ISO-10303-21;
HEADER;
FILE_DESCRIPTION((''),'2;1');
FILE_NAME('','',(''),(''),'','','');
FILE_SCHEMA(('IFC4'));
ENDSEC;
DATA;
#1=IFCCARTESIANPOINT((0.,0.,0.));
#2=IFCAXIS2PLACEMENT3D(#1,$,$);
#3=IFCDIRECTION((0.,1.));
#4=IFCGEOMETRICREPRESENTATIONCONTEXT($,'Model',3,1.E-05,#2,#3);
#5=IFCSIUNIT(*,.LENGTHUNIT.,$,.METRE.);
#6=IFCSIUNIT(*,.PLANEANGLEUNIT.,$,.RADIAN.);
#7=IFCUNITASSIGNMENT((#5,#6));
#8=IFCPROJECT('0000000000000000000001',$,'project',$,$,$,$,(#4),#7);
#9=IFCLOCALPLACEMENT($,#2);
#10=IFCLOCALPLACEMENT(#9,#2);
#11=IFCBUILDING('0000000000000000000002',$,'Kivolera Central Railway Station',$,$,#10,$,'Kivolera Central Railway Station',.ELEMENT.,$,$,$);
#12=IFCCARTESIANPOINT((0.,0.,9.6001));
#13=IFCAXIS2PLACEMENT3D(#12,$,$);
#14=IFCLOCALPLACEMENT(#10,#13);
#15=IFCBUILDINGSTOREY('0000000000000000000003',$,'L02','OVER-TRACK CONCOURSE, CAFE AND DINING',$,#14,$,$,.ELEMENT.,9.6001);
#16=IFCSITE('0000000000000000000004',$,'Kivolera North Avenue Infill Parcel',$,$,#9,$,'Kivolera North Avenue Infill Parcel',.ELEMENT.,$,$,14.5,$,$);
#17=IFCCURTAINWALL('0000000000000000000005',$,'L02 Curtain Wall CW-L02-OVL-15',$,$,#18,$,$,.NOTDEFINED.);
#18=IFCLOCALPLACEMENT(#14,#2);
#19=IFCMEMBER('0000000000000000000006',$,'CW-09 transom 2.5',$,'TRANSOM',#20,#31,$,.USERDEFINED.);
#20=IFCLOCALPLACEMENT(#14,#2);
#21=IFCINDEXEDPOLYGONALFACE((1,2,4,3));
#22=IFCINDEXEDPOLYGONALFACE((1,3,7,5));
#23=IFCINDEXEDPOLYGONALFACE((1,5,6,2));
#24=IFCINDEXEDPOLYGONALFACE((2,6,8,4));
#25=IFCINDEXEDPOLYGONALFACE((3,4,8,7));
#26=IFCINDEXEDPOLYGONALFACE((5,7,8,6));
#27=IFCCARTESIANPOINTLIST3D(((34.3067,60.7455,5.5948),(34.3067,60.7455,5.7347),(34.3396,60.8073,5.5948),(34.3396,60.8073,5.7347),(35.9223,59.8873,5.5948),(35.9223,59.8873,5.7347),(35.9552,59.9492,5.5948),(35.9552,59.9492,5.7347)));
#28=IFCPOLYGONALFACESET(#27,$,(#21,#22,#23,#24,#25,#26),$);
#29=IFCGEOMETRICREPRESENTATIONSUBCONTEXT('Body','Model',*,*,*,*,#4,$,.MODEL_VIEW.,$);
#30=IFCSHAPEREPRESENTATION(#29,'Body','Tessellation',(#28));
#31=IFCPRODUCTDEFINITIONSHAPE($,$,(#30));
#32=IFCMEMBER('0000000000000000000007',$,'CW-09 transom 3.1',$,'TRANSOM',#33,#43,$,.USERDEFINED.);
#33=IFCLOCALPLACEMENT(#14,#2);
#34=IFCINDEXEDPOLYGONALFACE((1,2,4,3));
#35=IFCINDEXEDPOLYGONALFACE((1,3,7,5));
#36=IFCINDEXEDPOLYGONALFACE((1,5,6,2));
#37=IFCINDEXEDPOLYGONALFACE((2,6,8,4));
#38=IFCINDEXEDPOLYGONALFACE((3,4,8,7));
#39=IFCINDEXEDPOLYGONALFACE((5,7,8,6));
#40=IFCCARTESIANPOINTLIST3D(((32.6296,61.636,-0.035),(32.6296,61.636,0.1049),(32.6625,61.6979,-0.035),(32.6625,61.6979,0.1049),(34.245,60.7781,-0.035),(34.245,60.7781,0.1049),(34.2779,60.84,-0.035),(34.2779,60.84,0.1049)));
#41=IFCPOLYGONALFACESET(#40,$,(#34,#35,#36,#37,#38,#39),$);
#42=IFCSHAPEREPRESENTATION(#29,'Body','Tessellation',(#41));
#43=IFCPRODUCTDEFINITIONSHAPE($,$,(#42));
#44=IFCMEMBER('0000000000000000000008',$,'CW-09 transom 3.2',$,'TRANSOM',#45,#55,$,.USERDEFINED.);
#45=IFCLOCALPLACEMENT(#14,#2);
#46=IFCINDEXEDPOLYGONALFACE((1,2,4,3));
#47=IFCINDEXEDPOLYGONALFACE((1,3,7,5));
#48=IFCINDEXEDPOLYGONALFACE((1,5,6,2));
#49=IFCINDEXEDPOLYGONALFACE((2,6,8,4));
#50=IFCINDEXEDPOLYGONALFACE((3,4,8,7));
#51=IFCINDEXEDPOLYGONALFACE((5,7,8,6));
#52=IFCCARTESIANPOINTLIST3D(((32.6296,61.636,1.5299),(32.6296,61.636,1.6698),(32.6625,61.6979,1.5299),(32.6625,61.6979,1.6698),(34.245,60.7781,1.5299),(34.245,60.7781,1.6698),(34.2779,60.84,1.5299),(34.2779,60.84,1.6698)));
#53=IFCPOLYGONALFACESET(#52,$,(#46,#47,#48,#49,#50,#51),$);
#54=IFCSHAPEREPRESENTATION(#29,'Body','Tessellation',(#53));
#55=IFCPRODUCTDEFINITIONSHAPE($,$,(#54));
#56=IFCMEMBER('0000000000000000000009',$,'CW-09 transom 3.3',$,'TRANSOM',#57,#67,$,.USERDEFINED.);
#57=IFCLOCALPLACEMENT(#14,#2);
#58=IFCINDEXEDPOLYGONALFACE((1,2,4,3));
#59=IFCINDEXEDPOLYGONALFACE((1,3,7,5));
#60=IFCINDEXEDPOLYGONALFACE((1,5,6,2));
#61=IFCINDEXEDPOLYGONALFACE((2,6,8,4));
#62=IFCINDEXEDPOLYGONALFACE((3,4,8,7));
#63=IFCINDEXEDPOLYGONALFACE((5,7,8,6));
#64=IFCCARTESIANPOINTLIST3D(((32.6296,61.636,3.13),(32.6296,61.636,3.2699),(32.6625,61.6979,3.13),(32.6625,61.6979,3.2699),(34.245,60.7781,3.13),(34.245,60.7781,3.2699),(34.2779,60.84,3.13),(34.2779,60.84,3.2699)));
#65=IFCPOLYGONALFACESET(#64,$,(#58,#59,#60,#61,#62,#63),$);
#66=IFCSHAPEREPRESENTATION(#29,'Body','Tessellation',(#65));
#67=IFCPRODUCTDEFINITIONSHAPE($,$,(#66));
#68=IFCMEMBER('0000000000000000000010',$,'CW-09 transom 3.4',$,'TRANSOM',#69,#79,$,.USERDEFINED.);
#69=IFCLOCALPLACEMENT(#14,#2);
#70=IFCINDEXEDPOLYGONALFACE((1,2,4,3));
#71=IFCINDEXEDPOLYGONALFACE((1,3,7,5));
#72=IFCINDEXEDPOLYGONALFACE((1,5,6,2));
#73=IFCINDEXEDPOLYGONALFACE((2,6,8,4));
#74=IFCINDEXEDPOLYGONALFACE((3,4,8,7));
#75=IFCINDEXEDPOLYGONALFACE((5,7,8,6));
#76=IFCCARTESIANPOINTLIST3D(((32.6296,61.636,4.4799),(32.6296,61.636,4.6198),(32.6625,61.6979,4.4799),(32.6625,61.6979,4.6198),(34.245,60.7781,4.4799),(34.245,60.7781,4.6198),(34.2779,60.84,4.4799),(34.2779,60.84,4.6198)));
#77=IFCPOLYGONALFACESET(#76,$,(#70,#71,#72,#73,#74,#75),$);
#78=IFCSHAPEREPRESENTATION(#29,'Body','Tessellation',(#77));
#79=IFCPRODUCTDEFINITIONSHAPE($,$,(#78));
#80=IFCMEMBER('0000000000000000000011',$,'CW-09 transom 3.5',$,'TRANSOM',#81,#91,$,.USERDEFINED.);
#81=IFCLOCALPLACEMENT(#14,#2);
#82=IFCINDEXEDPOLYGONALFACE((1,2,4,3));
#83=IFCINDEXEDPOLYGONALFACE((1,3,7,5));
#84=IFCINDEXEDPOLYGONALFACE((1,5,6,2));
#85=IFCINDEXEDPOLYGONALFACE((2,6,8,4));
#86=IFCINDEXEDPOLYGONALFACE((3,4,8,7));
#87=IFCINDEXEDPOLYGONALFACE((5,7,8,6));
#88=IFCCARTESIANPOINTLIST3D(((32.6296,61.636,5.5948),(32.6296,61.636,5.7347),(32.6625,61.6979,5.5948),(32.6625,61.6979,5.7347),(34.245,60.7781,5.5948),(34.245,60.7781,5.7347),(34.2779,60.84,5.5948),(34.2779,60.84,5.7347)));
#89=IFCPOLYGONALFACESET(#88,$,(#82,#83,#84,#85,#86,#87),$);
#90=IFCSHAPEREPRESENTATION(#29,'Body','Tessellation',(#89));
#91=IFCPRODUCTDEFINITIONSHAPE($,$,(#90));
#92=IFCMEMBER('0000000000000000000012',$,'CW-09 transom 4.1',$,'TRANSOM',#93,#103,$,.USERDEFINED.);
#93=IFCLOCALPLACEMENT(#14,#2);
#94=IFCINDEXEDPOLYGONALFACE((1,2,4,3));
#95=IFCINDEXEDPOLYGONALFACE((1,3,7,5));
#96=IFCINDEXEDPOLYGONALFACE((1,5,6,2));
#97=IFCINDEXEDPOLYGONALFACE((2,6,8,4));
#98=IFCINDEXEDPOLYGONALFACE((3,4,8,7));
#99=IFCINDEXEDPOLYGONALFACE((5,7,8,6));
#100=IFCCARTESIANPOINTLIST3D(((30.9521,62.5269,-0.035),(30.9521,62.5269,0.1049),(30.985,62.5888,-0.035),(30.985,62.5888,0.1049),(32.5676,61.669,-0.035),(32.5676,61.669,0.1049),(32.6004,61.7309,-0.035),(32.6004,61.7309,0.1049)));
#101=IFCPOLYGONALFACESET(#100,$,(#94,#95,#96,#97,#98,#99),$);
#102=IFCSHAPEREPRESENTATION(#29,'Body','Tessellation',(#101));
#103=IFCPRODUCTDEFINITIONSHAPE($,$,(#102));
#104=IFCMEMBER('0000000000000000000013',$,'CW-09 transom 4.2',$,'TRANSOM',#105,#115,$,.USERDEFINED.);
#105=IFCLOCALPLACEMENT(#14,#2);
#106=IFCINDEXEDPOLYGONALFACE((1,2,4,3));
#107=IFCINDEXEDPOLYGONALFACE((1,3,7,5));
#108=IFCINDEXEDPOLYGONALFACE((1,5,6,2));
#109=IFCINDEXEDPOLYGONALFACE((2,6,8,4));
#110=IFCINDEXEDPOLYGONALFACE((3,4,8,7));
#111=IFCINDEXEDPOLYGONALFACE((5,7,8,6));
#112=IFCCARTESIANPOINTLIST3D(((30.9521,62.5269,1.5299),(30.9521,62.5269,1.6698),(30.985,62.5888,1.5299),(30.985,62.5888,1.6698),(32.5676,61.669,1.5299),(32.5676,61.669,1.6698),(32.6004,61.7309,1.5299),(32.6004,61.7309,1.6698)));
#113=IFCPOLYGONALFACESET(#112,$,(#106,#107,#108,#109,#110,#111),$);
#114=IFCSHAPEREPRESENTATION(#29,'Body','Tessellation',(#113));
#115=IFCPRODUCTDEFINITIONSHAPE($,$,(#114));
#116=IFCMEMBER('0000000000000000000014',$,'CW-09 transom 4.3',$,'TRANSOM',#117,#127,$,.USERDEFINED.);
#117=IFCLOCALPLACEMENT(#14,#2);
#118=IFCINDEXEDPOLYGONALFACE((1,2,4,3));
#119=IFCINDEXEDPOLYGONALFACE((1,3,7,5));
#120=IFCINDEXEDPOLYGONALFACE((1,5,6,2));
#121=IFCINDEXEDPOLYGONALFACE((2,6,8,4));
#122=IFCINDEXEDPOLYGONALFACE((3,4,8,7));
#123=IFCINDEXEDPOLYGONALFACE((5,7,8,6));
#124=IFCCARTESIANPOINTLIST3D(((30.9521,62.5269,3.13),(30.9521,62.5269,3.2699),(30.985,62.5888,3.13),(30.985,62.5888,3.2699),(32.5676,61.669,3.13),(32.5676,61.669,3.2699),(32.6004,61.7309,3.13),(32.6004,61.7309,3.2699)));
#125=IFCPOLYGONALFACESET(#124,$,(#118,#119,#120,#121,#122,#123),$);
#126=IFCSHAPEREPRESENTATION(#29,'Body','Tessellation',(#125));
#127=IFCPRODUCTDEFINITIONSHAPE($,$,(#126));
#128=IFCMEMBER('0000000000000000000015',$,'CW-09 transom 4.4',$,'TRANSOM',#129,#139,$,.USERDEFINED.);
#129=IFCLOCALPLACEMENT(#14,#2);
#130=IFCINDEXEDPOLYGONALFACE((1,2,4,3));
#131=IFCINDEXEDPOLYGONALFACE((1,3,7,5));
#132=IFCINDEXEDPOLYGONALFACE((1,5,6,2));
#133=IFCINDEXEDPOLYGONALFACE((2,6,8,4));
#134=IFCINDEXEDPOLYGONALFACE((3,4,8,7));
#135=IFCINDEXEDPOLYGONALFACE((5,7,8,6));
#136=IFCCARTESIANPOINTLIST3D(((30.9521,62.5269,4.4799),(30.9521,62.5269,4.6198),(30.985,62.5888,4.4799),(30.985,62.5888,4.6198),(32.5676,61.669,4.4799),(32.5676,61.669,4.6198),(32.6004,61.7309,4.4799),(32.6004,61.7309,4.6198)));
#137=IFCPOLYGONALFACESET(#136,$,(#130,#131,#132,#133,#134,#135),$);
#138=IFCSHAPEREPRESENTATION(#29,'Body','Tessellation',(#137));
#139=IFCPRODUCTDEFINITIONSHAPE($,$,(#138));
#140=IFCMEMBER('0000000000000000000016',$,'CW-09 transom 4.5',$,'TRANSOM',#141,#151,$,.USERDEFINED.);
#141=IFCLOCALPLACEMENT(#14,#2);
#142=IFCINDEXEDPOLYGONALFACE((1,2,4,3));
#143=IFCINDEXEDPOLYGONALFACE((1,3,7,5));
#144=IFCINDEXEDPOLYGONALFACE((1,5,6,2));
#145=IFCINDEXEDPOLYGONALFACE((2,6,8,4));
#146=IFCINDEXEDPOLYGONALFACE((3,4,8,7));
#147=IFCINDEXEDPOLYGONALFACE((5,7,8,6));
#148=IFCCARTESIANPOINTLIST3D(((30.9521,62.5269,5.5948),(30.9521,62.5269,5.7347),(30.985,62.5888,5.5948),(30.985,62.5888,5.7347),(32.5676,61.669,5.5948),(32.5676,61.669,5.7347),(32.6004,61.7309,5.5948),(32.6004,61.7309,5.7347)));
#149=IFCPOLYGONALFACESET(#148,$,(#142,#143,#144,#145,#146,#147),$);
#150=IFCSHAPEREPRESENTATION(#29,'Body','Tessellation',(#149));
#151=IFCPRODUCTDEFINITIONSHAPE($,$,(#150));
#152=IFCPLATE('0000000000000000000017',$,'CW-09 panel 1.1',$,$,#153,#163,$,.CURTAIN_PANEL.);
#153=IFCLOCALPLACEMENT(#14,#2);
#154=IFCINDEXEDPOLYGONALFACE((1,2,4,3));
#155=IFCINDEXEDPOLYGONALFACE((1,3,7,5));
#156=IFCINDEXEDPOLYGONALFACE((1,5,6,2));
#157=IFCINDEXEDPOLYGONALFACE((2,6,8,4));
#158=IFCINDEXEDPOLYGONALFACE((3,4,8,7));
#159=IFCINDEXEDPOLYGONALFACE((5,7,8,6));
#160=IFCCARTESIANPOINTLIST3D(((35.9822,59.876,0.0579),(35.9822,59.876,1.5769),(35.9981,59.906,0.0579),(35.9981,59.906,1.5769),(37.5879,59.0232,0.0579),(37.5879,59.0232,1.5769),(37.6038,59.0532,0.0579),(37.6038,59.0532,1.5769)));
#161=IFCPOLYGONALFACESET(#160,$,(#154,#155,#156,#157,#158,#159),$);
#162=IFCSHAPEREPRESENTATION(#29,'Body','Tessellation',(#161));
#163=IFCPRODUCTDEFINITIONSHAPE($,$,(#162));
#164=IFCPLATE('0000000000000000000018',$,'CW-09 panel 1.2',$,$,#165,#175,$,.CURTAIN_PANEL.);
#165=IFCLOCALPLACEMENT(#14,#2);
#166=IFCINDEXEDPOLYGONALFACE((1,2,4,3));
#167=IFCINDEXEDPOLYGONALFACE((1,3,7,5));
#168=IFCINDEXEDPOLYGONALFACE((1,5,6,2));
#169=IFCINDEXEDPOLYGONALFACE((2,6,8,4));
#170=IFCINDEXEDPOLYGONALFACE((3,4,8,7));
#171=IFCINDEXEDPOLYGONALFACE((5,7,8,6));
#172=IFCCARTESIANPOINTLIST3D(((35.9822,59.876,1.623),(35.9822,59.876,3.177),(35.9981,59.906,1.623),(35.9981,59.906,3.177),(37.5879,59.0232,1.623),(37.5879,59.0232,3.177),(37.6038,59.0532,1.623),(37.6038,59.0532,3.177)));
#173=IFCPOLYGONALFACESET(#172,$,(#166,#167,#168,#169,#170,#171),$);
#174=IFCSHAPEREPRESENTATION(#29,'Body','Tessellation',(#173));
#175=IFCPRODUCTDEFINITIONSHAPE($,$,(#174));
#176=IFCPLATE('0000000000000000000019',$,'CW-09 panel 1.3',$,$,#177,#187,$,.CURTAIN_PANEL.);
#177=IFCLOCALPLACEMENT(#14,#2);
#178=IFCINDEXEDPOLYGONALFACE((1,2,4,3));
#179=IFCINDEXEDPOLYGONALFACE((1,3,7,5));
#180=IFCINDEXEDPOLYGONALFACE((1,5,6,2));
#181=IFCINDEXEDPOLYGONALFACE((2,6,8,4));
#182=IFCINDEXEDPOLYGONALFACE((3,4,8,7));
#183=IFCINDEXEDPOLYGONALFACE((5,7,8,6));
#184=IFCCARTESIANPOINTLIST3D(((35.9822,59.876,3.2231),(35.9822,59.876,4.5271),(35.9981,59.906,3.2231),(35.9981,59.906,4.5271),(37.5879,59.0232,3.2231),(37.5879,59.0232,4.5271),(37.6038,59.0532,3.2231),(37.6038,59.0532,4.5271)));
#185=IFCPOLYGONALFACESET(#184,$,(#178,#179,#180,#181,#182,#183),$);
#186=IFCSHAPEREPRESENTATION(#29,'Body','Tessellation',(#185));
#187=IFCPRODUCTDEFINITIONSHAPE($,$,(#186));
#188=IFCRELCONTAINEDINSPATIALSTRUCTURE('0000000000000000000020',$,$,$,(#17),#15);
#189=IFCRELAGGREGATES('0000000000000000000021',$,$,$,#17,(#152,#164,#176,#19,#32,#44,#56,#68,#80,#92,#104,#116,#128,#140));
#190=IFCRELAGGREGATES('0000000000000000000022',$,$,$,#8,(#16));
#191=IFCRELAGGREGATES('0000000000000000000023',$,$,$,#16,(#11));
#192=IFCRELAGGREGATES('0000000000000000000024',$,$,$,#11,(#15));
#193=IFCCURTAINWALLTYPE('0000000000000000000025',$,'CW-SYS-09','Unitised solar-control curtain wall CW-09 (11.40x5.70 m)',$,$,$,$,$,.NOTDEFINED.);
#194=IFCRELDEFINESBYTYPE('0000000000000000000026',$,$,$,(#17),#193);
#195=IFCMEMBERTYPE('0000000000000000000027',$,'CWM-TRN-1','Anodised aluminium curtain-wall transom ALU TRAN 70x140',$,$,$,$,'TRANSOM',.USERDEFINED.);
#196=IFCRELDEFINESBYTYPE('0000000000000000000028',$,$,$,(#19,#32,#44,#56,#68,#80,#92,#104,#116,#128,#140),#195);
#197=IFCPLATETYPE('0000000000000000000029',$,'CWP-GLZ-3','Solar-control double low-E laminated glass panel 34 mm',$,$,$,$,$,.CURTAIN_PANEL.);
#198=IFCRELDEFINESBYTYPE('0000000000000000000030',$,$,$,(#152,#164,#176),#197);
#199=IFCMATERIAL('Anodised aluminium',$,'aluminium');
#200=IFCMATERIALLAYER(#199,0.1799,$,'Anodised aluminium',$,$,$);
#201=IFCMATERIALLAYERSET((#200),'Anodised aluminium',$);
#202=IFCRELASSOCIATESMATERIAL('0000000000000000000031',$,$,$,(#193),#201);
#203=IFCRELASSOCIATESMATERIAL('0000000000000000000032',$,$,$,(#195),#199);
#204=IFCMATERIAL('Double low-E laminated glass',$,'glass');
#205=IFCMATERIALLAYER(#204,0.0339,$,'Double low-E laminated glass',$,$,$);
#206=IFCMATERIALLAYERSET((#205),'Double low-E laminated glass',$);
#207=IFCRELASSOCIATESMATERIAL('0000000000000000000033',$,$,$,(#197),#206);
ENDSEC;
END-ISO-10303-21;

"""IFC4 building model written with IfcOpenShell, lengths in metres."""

from ifc_helpers import new_model, si_unit, direction, frame, origin, origin_2d, place, context, subcontext, project, spatial, rectangle, extrude, material, layer, layer_set, material_profile, profile_set, type_object, element, aggregate, save


model = new_model("IFC4")

# Units and contexts
model_context = context("Model", 3, precision=1e-05, world=origin(), true_north=direction((0.0, 1.0)))
body_context = subcontext(model_context, "Body", "Model", "MODEL_VIEW")
ifc_project = project(units=[si_unit("LENGTHUNIT", "METRE"), si_unit("PLANEANGLEUNIT", "RADIAN")], contexts=[model_context])

# Site, building, storey
site_placement = place(None, origin())
site = spatial("IfcSite", under=ifc_project, at=site_placement, Name="Kivolera North Avenue Infill Parcel", LongName="Kivolera North Avenue Infill Parcel", CompositionType="ELEMENT", RefElevation=14.5)
building_placement = place(site_placement, origin())
building = spatial("IfcBuilding", under=site, at=building_placement, Name="Kivolera Central Railway Station", LongName="Kivolera Central Railway Station", CompositionType="ELEMENT")
storey_placement = place(building_placement, frame((0.0, 0.0, 9.6001)))
storey = spatial("IfcBuildingStorey", under=building, at=storey_placement, Name="L02", Description="OVER-TRACK CONCOURSE, CAFE AND DINING", CompositionType="ELEMENT", Elevation=9.6001)

# Curtain wall, members, plates
ifc_material_1 = material(Name="Anodised aluminium", Category="aluminium")
ifc_layer_1 = layer(ifc_material_1, 0.1799, Name="Anodised aluminium")
ifc_layer_set_1 = layer_set([ifc_layer_1], Name="Anodised aluminium")
curtain_wall_type = type_object("IfcCurtainWallType", Name="CW-SYS-09", Description="Unitised solar-control curtain wall CW-09 (11.40x5.70 m)", PredefinedType="NOTDEFINED", material=ifc_layer_set_1)
curtain_wall_placement = place(storey_placement, origin())
curtain_wall = element("IfcCurtainWall", 1, at=curtain_wall_placement, inside=storey, type_object=curtain_wall_type, Name="L02 Curtain Wall CW-L02-OVL-15", PredefinedType="NOTDEFINED")
ifc_material_profile_1 = material_profile(ifc_material_1, rectangle(XDim=0.0701, YDim=0.1399, at=origin_2d()), Name="ALU TRAN 70x140")
ifc_profile_set_1 = profile_set([ifc_material_profile_1], Name="Anodised aluminium")
member_type_1 = type_object("IfcMemberType", Name="CWM-TRN-1", Description="Anodised aluminium curtain-wall transom ALU TRAN 70x140", ElementType="TRANSOM", PredefinedType="USERDEFINED", material=ifc_profile_set_1)
member_1_placement = place(storey_placement, frame((35.9387, 59.9182, 5.6648), z_axis=(-0.883131, 0.469126, 0.0), x_axis=(-0.469126, -0.883131, 0.0)))
member_1 = element("IfcMember", 2, at=member_1_placement, type_object=member_type_1, Name="CW-09 transom 2.5", ObjectType="TRANSOM", PredefinedType="USERDEFINED", context=body_context, shape_type="SweptSolid", body=[
    extrude(rectangle(XDim=0.0701, YDim=0.1399, at=origin_2d()), origin(), (0.0, 0.0, 1.0), 1.8293),
])
member_2_placement = place(storey_placement, frame((34.2615, 60.8091, 0.0349), z_axis=(-0.883187, 0.469022, 0.0), x_axis=(-0.469022, -0.883187, 0.0)))
member_2 = element("IfcMember", 3, at=member_2_placement, type_object=member_type_1, Name="CW-09 transom 3.1", ObjectType="TRANSOM", PredefinedType="USERDEFINED", context=body_context, shape_type="SweptSolid", body=[
    extrude(rectangle(XDim=0.0701, YDim=0.1399, at=origin_2d()), origin(), (0.0, 0.0, 1.0), 1.8291),
])
member_3_placement = place(storey_placement, frame((34.2615, 60.8091, 1.5999), z_axis=(-0.883187, 0.469022, 0.0), x_axis=(-0.469022, -0.883187, 0.0)))
member_3 = element("IfcMember", 4, at=member_3_placement, type_object=member_type_1, Name="CW-09 transom 3.2", ObjectType="TRANSOM", PredefinedType="USERDEFINED", context=body_context, shape_type="SweptSolid", body=[
    extrude(rectangle(XDim=0.0701, YDim=0.1399, at=origin_2d()), origin(), (0.0, 0.0, 1.0), 1.8291),
])
member_4_placement = place(storey_placement, frame((34.2615, 60.8091, 3.2), z_axis=(-0.883187, 0.469022, 0.0), x_axis=(-0.469022, -0.883187, 0.0)))
member_4 = element("IfcMember", 5, at=member_4_placement, type_object=member_type_1, Name="CW-09 transom 3.3", ObjectType="TRANSOM", PredefinedType="USERDEFINED", context=body_context, shape_type="SweptSolid", body=[
    extrude(rectangle(XDim=0.0701, YDim=0.1399, at=origin_2d()), origin(), (0.0, 0.0, 1.0), 1.8291),
])
member_5_placement = place(storey_placement, frame((34.2615, 60.8091, 4.5498), z_axis=(-0.883187, 0.469022, 0.0), x_axis=(-0.469022, -0.883187, 0.0)))
member_5 = element("IfcMember", 6, at=member_5_placement, type_object=member_type_1, Name="CW-09 transom 3.4", ObjectType="TRANSOM", PredefinedType="USERDEFINED", context=body_context, shape_type="SweptSolid", body=[
    extrude(rectangle(XDim=0.0701, YDim=0.1399, at=origin_2d()), origin(), (0.0, 0.0, 1.0), 1.8291),
])
member_6_placement = place(storey_placement, frame((34.2615, 60.8091, 5.6648), z_axis=(-0.883187, 0.469022, 0.0), x_axis=(-0.469022, -0.883187, 0.0)))
member_6 = element("IfcMember", 7, at=member_6_placement, type_object=member_type_1, Name="CW-09 transom 3.5", ObjectType="TRANSOM", PredefinedType="USERDEFINED", context=body_context, shape_type="SweptSolid", body=[
    extrude(rectangle(XDim=0.0701, YDim=0.1399, at=origin_2d()), origin(), (0.0, 0.0, 1.0), 1.8291),
])
member_7_placement = place(storey_placement, frame((32.584, 61.7, 0.0349), z_axis=(-0.883187, 0.469022, 0.0), x_axis=(-0.469022, -0.883187, 0.0)))
member_7 = element("IfcMember", 8, at=member_7_placement, type_object=member_type_1, Name="CW-09 transom 4.1", ObjectType="TRANSOM", PredefinedType="USERDEFINED", context=body_context, shape_type="SweptSolid", body=[
    extrude(rectangle(XDim=0.0701, YDim=0.1399, at=origin_2d()), origin(), (0.0, 0.0, 1.0), 1.8291),
])
member_8_placement = place(storey_placement, frame((32.584, 61.7, 1.5999), z_axis=(-0.883187, 0.469022, 0.0), x_axis=(-0.469022, -0.883187, 0.0)))
member_8 = element("IfcMember", 9, at=member_8_placement, type_object=member_type_1, Name="CW-09 transom 4.2", ObjectType="TRANSOM", PredefinedType="USERDEFINED", context=body_context, shape_type="SweptSolid", body=[
    extrude(rectangle(XDim=0.0701, YDim=0.1399, at=origin_2d()), origin(), (0.0, 0.0, 1.0), 1.8291),
])
member_9_placement = place(storey_placement, frame((32.584, 61.7, 3.2), z_axis=(-0.883187, 0.469022, 0.0), x_axis=(-0.469022, -0.883187, 0.0)))
member_9 = element("IfcMember", 10, at=member_9_placement, type_object=member_type_1, Name="CW-09 transom 4.3", ObjectType="TRANSOM", PredefinedType="USERDEFINED", context=body_context, shape_type="SweptSolid", body=[
    extrude(rectangle(XDim=0.0701, YDim=0.1399, at=origin_2d()), origin(), (0.0, 0.0, 1.0), 1.8291),
])
member_10_placement = place(storey_placement, frame((32.584, 61.7, 4.5498), z_axis=(-0.883187, 0.469022, 0.0), x_axis=(-0.469022, -0.883187, 0.0)))
member_10 = element("IfcMember", 11, at=member_10_placement, type_object=member_type_1, Name="CW-09 transom 4.4", ObjectType="TRANSOM", PredefinedType="USERDEFINED", context=body_context, shape_type="SweptSolid", body=[
    extrude(rectangle(XDim=0.0701, YDim=0.1399, at=origin_2d()), origin(), (0.0, 0.0, 1.0), 1.8291),
])
member_11_placement = place(storey_placement, frame((32.584, 61.7, 5.6648), z_axis=(-0.883187, 0.469022, 0.0), x_axis=(-0.469022, -0.883187, 0.0)))
member_11 = element("IfcMember", 12, at=member_11_placement, type_object=member_type_1, Name="CW-09 transom 4.5", ObjectType="TRANSOM", PredefinedType="USERDEFINED", context=body_context, shape_type="SweptSolid", body=[
    extrude(rectangle(XDim=0.0701, YDim=0.1399, at=origin_2d()), origin(), (0.0, 0.0, 1.0), 1.8291),
])
ifc_material_2 = material(Name="Double low-E laminated glass", Category="glass")
ifc_layer_2 = layer(ifc_material_2, 0.0339, Name="Double low-E laminated glass")
ifc_layer_set_2 = layer_set([ifc_layer_2], Name="Double low-E laminated glass")
plate_type = type_object("IfcPlateType", Name="CWP-GLZ-3", Description="Solar-control double low-E laminated glass panel 34 mm", PredefinedType="CURTAIN_PANEL", material=ifc_layer_set_2)
plate_1_placement = place(storey_placement, frame((36.793, 59.4646, 0.0579), z_axis=(0.0, 0.0, 1.0), x_axis=(-0.88317, 0.469053, 0.0)))
plate_1 = element("IfcPlate", 13, at=plate_1_placement, type_object=plate_type, Name="CW-09 panel 1.1", PredefinedType="CURTAIN_PANEL", context=body_context, shape_type="SweptSolid", body=[
    extrude(rectangle(XDim=1.8181, YDim=0.0339, at=origin_2d()), origin(), (0.0, 0.0, 1.0), 1.519),
])
plate_2_placement = place(storey_placement, frame((36.793, 59.4646, 1.623), z_axis=(0.0, 0.0, 1.0), x_axis=(-0.88317, 0.469053, 0.0)))
plate_2 = element("IfcPlate", 14, at=plate_2_placement, type_object=plate_type, Name="CW-09 panel 1.2", PredefinedType="CURTAIN_PANEL", context=body_context, shape_type="SweptSolid", body=[
    extrude(rectangle(XDim=1.8181, YDim=0.0339, at=origin_2d()), origin(), (0.0, 0.0, 1.0), 1.554),
])
plate_3_placement = place(storey_placement, frame((36.793, 59.4646, 3.2231), z_axis=(0.0, 0.0, 1.0), x_axis=(-0.88317, 0.469053, 0.0)))
plate_3 = element("IfcPlate", 15, at=plate_3_placement, type_object=plate_type, Name="CW-09 panel 1.3", PredefinedType="CURTAIN_PANEL", context=body_context, shape_type="SweptSolid", body=[
    extrude(rectangle(XDim=1.8181, YDim=0.0339, at=origin_2d()), origin(), (0.0, 0.0, 1.0), 1.304),
])
aggregate(curtain_wall, [plate_1, plate_2, plate_3, member_1, member_2, member_3, member_4, member_5, member_6, member_7, member_8, member_9, member_10, member_11])

save(model, "model.ifc")
